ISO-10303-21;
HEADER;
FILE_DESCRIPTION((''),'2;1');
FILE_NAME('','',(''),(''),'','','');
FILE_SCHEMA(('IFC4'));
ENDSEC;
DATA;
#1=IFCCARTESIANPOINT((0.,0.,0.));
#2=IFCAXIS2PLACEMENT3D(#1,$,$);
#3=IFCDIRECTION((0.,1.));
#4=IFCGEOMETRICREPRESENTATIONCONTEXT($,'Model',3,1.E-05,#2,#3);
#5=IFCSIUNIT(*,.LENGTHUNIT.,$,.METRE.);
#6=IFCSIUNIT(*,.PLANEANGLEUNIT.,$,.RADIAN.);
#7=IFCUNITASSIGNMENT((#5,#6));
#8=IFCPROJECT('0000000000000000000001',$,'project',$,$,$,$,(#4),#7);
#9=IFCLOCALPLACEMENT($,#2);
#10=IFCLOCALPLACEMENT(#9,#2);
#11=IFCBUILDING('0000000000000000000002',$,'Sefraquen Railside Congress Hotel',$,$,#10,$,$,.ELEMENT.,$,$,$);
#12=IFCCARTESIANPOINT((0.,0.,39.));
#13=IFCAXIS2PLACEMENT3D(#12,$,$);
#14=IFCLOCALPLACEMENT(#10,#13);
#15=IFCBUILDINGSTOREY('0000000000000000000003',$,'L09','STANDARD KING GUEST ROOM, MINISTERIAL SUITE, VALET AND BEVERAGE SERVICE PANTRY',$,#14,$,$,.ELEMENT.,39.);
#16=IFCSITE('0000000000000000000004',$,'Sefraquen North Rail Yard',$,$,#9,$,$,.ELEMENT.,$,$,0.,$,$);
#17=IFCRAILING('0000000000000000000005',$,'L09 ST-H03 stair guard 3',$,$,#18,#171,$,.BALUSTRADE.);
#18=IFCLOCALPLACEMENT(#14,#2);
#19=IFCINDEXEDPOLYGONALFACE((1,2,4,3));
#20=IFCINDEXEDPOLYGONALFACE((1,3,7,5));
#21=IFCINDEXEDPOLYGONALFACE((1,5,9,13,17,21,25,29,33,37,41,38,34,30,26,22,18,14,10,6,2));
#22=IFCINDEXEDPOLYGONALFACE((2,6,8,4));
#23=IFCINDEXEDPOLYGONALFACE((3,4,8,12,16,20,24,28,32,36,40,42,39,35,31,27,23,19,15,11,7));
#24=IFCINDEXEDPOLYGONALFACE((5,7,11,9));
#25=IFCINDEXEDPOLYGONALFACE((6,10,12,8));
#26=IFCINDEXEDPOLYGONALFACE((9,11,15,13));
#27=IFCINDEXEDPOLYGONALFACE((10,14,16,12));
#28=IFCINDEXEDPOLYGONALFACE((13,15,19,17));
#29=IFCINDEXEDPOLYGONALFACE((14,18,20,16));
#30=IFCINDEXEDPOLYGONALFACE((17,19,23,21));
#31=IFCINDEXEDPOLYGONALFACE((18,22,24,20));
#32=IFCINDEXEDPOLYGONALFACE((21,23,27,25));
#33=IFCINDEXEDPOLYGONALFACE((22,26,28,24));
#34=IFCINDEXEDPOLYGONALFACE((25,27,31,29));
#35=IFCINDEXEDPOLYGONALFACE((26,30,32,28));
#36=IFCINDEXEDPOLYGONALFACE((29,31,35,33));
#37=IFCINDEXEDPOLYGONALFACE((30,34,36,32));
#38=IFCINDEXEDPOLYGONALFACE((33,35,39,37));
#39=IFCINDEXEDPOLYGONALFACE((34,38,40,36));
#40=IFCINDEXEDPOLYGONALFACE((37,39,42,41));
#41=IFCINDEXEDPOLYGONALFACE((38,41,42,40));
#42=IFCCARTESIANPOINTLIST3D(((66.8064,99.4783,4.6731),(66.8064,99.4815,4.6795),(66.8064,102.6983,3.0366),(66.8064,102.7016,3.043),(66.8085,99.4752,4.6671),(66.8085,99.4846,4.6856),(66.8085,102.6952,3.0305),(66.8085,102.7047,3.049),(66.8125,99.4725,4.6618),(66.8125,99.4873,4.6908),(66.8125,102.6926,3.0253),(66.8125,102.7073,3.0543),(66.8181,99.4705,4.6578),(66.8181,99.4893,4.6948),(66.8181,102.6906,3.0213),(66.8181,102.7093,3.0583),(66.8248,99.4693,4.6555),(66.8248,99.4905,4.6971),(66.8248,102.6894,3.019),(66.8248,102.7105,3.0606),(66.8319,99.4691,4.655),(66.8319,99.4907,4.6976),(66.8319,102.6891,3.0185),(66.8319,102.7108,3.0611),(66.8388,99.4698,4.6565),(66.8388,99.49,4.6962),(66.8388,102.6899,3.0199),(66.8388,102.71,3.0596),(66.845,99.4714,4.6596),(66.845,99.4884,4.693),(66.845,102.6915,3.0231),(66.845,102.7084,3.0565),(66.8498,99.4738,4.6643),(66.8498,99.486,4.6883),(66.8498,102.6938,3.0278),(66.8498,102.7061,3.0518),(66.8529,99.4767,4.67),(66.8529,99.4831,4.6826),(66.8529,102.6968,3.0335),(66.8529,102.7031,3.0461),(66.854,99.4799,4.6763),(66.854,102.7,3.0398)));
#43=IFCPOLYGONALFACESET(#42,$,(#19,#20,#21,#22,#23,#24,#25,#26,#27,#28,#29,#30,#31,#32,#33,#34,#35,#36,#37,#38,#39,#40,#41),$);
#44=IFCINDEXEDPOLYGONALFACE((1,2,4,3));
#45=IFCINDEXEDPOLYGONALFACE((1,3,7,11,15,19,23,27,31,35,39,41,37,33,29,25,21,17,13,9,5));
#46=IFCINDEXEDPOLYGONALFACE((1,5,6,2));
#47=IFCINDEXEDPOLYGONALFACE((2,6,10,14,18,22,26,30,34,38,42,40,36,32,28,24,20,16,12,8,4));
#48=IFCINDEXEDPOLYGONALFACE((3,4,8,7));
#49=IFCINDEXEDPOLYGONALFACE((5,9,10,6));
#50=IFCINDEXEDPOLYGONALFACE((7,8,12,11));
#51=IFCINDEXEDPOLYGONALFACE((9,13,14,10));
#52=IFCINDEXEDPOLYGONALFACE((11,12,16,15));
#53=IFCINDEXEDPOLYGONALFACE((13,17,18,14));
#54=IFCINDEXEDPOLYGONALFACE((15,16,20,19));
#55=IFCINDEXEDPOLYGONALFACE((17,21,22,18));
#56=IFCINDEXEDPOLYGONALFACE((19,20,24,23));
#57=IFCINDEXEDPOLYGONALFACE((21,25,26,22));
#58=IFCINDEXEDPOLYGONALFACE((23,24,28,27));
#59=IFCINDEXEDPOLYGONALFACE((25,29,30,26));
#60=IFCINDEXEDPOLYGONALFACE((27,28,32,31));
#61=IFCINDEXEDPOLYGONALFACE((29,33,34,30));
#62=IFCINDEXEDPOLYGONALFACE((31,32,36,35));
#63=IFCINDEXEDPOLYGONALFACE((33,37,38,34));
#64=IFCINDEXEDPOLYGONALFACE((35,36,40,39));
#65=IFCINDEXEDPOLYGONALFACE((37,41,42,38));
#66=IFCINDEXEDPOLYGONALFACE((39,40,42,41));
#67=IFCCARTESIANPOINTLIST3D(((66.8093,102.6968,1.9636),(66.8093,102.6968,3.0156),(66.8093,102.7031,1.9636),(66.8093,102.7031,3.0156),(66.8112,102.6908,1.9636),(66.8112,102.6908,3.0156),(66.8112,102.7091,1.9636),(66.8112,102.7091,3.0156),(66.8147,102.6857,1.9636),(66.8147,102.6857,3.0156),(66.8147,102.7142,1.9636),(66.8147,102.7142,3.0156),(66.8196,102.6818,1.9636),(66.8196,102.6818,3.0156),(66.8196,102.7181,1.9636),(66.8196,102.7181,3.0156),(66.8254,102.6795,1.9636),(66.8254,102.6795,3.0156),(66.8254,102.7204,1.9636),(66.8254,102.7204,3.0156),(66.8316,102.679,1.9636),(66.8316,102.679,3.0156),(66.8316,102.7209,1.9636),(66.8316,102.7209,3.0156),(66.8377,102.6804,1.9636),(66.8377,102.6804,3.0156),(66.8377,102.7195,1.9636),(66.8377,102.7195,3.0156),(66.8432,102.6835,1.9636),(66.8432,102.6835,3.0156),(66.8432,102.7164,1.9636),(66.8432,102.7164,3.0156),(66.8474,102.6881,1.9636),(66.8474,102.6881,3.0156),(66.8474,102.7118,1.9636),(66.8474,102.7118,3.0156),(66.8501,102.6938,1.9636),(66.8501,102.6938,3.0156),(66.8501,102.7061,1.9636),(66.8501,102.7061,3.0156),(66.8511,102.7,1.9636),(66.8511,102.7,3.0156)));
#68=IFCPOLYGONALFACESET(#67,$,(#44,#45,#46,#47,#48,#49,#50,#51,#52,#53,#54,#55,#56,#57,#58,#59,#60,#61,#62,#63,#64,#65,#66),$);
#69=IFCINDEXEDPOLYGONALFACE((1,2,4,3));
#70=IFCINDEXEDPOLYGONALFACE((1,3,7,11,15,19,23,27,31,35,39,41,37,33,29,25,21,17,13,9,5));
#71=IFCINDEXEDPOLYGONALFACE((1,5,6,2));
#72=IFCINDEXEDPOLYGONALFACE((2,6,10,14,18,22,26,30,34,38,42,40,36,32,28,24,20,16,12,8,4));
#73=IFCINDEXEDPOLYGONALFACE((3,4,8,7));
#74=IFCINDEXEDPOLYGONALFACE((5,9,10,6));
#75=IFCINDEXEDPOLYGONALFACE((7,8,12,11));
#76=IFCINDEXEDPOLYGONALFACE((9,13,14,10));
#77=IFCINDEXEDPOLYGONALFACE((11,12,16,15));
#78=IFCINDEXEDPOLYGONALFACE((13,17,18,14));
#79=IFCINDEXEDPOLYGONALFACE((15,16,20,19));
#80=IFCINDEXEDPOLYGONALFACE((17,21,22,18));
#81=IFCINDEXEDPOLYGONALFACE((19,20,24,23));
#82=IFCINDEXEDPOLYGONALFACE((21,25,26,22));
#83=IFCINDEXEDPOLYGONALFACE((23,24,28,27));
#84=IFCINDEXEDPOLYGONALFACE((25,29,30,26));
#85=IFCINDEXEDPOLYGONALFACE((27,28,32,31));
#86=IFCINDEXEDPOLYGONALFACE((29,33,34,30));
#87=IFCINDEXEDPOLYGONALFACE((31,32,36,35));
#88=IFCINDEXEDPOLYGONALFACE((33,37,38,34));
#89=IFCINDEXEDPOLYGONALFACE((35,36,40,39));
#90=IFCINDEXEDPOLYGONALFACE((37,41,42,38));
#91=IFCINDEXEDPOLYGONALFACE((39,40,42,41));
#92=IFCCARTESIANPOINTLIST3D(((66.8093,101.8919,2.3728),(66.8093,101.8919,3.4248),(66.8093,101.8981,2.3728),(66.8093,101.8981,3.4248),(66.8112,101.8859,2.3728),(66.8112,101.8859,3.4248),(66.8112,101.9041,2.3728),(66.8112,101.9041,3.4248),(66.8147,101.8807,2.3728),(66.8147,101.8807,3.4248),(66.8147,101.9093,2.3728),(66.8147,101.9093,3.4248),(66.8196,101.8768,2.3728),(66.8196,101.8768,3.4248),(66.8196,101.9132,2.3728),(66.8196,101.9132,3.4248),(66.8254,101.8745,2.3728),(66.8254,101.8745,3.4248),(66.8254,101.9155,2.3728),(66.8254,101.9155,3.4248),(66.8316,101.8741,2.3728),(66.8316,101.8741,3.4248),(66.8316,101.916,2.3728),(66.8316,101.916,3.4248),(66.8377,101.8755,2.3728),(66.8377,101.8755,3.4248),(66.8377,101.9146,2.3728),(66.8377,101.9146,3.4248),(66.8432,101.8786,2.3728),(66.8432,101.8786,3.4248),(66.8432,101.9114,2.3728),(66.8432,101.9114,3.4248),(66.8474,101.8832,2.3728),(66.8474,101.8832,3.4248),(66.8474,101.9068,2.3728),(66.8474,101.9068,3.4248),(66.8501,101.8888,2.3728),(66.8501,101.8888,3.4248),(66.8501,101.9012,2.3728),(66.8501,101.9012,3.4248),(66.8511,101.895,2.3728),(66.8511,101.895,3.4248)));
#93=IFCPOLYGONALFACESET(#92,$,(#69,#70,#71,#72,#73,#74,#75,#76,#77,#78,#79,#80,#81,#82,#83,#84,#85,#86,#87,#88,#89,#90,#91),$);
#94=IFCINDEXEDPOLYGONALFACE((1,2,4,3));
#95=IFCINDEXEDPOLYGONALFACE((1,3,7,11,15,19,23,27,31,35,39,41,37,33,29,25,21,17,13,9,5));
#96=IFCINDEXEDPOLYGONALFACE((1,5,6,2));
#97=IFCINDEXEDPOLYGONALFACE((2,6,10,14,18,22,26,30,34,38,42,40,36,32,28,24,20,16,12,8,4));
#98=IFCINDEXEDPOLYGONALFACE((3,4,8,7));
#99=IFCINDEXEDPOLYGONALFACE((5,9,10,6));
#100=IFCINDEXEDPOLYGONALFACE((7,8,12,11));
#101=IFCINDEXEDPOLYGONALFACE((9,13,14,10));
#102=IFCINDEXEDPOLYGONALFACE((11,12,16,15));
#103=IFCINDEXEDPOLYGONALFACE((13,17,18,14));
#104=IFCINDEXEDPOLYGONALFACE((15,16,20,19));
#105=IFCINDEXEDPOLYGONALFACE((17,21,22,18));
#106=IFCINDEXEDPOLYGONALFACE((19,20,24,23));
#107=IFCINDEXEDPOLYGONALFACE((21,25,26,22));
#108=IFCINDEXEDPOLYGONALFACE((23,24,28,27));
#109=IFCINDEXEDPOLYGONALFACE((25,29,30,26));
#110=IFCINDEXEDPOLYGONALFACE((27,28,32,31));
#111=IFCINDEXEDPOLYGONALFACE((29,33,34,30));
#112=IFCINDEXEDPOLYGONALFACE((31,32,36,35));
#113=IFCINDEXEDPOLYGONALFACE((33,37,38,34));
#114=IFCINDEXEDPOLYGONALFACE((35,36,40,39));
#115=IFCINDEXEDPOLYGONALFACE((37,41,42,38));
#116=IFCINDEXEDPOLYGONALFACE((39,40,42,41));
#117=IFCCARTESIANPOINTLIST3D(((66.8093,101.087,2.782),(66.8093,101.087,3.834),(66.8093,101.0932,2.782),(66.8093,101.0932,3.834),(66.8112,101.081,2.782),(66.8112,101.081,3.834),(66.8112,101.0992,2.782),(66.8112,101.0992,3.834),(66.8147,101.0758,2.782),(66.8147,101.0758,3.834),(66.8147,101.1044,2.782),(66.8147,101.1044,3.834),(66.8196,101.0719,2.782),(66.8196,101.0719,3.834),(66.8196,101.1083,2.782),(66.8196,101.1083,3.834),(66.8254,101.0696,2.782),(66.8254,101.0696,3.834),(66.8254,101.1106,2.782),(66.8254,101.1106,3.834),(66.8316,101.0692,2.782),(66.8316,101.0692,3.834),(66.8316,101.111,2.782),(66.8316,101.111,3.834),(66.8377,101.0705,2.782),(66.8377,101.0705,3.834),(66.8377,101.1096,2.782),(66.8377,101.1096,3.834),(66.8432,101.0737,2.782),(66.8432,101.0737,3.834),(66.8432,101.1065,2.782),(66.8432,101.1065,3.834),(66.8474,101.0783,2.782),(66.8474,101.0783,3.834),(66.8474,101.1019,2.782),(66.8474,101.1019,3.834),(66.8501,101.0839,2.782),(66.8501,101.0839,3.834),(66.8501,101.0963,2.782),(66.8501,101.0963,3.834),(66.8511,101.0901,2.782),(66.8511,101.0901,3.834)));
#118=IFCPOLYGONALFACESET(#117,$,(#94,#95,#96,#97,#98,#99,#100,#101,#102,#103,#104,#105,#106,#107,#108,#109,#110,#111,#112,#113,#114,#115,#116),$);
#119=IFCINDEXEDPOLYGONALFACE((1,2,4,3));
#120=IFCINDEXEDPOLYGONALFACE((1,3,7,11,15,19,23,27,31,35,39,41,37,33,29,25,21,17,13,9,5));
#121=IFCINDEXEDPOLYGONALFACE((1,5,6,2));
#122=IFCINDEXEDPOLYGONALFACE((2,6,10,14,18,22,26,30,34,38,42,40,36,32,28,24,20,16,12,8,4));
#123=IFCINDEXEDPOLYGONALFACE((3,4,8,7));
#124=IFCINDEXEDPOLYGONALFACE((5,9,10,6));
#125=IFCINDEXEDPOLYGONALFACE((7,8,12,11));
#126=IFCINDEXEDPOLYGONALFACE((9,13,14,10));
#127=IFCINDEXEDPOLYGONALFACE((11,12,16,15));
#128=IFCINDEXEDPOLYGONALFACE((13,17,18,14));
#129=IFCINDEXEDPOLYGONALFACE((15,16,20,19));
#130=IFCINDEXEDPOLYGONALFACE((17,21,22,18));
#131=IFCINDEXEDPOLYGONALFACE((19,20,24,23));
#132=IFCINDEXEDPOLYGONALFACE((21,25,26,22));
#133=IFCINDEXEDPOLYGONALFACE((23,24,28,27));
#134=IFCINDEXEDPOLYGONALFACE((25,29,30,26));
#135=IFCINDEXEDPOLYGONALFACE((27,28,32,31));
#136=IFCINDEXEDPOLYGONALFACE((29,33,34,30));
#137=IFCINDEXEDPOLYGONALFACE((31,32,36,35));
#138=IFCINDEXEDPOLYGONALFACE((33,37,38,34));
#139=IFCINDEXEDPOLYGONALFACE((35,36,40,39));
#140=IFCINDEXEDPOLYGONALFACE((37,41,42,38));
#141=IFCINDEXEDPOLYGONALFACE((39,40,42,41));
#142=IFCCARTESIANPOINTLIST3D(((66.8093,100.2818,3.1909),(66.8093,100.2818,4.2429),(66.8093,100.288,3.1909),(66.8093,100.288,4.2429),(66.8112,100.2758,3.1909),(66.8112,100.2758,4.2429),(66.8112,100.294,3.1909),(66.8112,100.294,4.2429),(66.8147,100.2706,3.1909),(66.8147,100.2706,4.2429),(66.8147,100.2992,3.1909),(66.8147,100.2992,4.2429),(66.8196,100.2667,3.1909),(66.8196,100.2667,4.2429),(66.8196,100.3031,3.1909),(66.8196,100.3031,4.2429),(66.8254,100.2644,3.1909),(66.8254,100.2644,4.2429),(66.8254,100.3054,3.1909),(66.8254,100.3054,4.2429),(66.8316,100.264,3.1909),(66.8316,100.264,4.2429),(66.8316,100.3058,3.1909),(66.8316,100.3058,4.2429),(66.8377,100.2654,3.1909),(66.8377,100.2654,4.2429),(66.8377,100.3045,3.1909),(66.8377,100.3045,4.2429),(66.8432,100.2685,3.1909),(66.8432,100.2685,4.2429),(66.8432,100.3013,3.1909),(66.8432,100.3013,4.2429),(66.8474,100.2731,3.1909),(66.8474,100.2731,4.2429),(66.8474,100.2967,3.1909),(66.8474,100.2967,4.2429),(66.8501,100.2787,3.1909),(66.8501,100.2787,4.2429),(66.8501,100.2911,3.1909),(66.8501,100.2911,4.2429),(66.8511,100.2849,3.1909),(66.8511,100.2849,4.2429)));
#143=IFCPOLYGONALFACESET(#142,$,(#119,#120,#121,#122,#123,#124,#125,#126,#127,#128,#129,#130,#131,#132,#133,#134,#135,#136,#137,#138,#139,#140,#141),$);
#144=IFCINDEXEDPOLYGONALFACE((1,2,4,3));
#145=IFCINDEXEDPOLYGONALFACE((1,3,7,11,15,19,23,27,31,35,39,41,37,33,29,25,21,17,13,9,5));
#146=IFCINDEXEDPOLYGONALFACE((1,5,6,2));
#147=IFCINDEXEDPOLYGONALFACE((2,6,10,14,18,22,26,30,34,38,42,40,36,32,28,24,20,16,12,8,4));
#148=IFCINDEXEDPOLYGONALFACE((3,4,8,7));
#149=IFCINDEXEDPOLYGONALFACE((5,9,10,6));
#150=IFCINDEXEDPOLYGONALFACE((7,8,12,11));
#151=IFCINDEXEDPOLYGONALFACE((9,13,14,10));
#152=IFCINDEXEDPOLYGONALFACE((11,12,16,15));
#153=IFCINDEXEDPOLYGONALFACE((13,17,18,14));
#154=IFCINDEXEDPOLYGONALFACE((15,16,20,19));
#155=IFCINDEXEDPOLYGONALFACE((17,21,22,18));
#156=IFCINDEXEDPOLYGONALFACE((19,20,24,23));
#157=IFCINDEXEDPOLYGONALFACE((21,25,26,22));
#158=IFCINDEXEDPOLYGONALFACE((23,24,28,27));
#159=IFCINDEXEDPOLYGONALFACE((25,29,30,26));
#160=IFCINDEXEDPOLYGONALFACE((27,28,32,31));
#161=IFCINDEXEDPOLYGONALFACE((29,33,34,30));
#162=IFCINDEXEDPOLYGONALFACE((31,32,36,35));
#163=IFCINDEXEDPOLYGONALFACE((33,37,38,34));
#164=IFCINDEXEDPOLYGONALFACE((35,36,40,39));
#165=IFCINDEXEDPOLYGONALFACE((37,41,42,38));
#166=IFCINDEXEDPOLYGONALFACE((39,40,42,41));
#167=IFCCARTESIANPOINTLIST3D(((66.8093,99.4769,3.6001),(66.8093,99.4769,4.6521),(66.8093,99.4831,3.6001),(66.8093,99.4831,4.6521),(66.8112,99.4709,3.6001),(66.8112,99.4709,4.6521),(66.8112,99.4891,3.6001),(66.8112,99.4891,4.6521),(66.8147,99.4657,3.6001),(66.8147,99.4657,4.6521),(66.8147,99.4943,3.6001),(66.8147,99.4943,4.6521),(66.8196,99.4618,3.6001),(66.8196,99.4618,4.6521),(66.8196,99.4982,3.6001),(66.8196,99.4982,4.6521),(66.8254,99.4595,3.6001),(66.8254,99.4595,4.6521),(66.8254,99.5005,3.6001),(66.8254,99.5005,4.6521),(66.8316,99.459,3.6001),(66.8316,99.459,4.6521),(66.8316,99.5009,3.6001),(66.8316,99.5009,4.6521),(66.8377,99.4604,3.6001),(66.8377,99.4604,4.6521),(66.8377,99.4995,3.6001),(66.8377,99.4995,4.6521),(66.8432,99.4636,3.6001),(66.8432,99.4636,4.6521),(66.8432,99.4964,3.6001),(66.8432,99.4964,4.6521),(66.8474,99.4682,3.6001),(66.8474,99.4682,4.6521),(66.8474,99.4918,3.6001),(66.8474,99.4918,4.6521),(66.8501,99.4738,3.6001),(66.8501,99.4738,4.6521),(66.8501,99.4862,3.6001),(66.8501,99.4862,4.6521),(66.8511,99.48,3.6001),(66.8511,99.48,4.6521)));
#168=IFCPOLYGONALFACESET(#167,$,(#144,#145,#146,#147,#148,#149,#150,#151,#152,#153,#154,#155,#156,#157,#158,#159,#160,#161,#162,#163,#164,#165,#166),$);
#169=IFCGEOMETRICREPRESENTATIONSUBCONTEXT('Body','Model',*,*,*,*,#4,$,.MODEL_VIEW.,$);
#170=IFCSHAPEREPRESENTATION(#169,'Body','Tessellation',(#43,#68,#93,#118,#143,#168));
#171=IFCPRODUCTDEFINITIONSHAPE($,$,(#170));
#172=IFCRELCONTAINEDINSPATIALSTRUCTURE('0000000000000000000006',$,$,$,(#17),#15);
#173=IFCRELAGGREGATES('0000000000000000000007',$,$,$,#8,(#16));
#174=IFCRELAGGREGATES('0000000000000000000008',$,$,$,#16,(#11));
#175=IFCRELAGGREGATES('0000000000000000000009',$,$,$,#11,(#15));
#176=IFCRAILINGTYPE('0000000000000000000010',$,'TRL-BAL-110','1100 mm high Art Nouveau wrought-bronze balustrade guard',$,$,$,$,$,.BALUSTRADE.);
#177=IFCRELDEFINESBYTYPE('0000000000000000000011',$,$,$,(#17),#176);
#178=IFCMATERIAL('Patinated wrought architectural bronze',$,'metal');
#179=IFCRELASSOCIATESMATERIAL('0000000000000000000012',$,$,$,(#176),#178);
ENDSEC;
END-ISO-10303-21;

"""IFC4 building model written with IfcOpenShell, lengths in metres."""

from ifc_helpers import new_model, si_unit, direction, frame, origin, origin_2d, place, context, subcontext, project, spatial, circle, extrude, material, type_object, element, save


model = new_model("IFC4")

# Units and contexts
model_context = context("Model", 3, precision=1e-05, world=origin(), true_north=direction((0.0, 1.0)))
body_context = subcontext(model_context, "Body", "Model", "MODEL_VIEW")
ifc_project = project(units=[si_unit("LENGTHUNIT", "METRE"), si_unit("PLANEANGLEUNIT", "RADIAN")], contexts=[model_context])

# Site, building, storey
site_placement = place(None, origin())
site = spatial("IfcSite", under=ifc_project, at=site_placement, Name="Sefraquen North Rail Yard", CompositionType="ELEMENT", RefElevation=0.0)
building_placement = place(site_placement, origin())
building = spatial("IfcBuilding", under=site, at=building_placement, Name="Sefraquen Railside Congress Hotel", CompositionType="ELEMENT")
storey_placement = place(building_placement, frame((0.0, 0.0, 39.0)))
storey = spatial("IfcBuildingStorey", under=building, at=storey_placement, Name="L09", Description="STANDARD KING GUEST ROOM, MINISTERIAL SUITE, VALET AND BEVERAGE SERVICE PANTRY", CompositionType="ELEMENT", Elevation=39.0)

# Railing
ifc_material_1 = material(Name="Patinated wrought architectural bronze", Category="metal")
railing_type_1 = type_object("IfcRailingType", Name="TRL-BAL-110", Description="1100 mm high Art Nouveau wrought-bronze balustrade guard", PredefinedType="BALUSTRADE", material=ifc_material_1)
railing_1_placement = place(storey_placement, frame((66.8301, 102.7, 1.9636)))
element("IfcRailing", 1, at=railing_1_placement, inside=storey, type_object=railing_type_1, Name="L09 ST-H03 stair guard 3", PredefinedType="BALUSTRADE", context=body_context, shape_type="SweptSolid", body=[
    extrude(circle(Radius=0.0239, at=origin_2d()), frame((0.0, 0.0, 1.0762), z_axis=(0.0, -0.891474, 0.453071), x_axis=(1.0, 0.0, 0.0)), (0.0, 0.0, 1.0), 3.6121),
    extrude(circle(Radius=0.021, at=origin_2d()), origin(), (0.0, 0.0, 1.0), 1.052),
    extrude(circle(Radius=0.021, at=origin_2d()), frame((0.0, -0.8049, 0.4092)), (0.0, 0.0, 1.0), 1.052),
    extrude(circle(Radius=0.021, at=origin_2d()), frame((0.0, -1.6099, 0.8184)), (0.0, 0.0, 1.0), 1.052),
    extrude(circle(Radius=0.021, at=origin_2d()), frame((0.0, -2.415, 1.2273)), (0.0, 0.0, 1.0), 1.052),
    extrude(circle(Radius=0.021, at=origin_2d()), frame((0.0, -3.22, 1.6365)), (0.0, 0.0, 1.0), 1.052),
])

save(model, "model.ifc")
